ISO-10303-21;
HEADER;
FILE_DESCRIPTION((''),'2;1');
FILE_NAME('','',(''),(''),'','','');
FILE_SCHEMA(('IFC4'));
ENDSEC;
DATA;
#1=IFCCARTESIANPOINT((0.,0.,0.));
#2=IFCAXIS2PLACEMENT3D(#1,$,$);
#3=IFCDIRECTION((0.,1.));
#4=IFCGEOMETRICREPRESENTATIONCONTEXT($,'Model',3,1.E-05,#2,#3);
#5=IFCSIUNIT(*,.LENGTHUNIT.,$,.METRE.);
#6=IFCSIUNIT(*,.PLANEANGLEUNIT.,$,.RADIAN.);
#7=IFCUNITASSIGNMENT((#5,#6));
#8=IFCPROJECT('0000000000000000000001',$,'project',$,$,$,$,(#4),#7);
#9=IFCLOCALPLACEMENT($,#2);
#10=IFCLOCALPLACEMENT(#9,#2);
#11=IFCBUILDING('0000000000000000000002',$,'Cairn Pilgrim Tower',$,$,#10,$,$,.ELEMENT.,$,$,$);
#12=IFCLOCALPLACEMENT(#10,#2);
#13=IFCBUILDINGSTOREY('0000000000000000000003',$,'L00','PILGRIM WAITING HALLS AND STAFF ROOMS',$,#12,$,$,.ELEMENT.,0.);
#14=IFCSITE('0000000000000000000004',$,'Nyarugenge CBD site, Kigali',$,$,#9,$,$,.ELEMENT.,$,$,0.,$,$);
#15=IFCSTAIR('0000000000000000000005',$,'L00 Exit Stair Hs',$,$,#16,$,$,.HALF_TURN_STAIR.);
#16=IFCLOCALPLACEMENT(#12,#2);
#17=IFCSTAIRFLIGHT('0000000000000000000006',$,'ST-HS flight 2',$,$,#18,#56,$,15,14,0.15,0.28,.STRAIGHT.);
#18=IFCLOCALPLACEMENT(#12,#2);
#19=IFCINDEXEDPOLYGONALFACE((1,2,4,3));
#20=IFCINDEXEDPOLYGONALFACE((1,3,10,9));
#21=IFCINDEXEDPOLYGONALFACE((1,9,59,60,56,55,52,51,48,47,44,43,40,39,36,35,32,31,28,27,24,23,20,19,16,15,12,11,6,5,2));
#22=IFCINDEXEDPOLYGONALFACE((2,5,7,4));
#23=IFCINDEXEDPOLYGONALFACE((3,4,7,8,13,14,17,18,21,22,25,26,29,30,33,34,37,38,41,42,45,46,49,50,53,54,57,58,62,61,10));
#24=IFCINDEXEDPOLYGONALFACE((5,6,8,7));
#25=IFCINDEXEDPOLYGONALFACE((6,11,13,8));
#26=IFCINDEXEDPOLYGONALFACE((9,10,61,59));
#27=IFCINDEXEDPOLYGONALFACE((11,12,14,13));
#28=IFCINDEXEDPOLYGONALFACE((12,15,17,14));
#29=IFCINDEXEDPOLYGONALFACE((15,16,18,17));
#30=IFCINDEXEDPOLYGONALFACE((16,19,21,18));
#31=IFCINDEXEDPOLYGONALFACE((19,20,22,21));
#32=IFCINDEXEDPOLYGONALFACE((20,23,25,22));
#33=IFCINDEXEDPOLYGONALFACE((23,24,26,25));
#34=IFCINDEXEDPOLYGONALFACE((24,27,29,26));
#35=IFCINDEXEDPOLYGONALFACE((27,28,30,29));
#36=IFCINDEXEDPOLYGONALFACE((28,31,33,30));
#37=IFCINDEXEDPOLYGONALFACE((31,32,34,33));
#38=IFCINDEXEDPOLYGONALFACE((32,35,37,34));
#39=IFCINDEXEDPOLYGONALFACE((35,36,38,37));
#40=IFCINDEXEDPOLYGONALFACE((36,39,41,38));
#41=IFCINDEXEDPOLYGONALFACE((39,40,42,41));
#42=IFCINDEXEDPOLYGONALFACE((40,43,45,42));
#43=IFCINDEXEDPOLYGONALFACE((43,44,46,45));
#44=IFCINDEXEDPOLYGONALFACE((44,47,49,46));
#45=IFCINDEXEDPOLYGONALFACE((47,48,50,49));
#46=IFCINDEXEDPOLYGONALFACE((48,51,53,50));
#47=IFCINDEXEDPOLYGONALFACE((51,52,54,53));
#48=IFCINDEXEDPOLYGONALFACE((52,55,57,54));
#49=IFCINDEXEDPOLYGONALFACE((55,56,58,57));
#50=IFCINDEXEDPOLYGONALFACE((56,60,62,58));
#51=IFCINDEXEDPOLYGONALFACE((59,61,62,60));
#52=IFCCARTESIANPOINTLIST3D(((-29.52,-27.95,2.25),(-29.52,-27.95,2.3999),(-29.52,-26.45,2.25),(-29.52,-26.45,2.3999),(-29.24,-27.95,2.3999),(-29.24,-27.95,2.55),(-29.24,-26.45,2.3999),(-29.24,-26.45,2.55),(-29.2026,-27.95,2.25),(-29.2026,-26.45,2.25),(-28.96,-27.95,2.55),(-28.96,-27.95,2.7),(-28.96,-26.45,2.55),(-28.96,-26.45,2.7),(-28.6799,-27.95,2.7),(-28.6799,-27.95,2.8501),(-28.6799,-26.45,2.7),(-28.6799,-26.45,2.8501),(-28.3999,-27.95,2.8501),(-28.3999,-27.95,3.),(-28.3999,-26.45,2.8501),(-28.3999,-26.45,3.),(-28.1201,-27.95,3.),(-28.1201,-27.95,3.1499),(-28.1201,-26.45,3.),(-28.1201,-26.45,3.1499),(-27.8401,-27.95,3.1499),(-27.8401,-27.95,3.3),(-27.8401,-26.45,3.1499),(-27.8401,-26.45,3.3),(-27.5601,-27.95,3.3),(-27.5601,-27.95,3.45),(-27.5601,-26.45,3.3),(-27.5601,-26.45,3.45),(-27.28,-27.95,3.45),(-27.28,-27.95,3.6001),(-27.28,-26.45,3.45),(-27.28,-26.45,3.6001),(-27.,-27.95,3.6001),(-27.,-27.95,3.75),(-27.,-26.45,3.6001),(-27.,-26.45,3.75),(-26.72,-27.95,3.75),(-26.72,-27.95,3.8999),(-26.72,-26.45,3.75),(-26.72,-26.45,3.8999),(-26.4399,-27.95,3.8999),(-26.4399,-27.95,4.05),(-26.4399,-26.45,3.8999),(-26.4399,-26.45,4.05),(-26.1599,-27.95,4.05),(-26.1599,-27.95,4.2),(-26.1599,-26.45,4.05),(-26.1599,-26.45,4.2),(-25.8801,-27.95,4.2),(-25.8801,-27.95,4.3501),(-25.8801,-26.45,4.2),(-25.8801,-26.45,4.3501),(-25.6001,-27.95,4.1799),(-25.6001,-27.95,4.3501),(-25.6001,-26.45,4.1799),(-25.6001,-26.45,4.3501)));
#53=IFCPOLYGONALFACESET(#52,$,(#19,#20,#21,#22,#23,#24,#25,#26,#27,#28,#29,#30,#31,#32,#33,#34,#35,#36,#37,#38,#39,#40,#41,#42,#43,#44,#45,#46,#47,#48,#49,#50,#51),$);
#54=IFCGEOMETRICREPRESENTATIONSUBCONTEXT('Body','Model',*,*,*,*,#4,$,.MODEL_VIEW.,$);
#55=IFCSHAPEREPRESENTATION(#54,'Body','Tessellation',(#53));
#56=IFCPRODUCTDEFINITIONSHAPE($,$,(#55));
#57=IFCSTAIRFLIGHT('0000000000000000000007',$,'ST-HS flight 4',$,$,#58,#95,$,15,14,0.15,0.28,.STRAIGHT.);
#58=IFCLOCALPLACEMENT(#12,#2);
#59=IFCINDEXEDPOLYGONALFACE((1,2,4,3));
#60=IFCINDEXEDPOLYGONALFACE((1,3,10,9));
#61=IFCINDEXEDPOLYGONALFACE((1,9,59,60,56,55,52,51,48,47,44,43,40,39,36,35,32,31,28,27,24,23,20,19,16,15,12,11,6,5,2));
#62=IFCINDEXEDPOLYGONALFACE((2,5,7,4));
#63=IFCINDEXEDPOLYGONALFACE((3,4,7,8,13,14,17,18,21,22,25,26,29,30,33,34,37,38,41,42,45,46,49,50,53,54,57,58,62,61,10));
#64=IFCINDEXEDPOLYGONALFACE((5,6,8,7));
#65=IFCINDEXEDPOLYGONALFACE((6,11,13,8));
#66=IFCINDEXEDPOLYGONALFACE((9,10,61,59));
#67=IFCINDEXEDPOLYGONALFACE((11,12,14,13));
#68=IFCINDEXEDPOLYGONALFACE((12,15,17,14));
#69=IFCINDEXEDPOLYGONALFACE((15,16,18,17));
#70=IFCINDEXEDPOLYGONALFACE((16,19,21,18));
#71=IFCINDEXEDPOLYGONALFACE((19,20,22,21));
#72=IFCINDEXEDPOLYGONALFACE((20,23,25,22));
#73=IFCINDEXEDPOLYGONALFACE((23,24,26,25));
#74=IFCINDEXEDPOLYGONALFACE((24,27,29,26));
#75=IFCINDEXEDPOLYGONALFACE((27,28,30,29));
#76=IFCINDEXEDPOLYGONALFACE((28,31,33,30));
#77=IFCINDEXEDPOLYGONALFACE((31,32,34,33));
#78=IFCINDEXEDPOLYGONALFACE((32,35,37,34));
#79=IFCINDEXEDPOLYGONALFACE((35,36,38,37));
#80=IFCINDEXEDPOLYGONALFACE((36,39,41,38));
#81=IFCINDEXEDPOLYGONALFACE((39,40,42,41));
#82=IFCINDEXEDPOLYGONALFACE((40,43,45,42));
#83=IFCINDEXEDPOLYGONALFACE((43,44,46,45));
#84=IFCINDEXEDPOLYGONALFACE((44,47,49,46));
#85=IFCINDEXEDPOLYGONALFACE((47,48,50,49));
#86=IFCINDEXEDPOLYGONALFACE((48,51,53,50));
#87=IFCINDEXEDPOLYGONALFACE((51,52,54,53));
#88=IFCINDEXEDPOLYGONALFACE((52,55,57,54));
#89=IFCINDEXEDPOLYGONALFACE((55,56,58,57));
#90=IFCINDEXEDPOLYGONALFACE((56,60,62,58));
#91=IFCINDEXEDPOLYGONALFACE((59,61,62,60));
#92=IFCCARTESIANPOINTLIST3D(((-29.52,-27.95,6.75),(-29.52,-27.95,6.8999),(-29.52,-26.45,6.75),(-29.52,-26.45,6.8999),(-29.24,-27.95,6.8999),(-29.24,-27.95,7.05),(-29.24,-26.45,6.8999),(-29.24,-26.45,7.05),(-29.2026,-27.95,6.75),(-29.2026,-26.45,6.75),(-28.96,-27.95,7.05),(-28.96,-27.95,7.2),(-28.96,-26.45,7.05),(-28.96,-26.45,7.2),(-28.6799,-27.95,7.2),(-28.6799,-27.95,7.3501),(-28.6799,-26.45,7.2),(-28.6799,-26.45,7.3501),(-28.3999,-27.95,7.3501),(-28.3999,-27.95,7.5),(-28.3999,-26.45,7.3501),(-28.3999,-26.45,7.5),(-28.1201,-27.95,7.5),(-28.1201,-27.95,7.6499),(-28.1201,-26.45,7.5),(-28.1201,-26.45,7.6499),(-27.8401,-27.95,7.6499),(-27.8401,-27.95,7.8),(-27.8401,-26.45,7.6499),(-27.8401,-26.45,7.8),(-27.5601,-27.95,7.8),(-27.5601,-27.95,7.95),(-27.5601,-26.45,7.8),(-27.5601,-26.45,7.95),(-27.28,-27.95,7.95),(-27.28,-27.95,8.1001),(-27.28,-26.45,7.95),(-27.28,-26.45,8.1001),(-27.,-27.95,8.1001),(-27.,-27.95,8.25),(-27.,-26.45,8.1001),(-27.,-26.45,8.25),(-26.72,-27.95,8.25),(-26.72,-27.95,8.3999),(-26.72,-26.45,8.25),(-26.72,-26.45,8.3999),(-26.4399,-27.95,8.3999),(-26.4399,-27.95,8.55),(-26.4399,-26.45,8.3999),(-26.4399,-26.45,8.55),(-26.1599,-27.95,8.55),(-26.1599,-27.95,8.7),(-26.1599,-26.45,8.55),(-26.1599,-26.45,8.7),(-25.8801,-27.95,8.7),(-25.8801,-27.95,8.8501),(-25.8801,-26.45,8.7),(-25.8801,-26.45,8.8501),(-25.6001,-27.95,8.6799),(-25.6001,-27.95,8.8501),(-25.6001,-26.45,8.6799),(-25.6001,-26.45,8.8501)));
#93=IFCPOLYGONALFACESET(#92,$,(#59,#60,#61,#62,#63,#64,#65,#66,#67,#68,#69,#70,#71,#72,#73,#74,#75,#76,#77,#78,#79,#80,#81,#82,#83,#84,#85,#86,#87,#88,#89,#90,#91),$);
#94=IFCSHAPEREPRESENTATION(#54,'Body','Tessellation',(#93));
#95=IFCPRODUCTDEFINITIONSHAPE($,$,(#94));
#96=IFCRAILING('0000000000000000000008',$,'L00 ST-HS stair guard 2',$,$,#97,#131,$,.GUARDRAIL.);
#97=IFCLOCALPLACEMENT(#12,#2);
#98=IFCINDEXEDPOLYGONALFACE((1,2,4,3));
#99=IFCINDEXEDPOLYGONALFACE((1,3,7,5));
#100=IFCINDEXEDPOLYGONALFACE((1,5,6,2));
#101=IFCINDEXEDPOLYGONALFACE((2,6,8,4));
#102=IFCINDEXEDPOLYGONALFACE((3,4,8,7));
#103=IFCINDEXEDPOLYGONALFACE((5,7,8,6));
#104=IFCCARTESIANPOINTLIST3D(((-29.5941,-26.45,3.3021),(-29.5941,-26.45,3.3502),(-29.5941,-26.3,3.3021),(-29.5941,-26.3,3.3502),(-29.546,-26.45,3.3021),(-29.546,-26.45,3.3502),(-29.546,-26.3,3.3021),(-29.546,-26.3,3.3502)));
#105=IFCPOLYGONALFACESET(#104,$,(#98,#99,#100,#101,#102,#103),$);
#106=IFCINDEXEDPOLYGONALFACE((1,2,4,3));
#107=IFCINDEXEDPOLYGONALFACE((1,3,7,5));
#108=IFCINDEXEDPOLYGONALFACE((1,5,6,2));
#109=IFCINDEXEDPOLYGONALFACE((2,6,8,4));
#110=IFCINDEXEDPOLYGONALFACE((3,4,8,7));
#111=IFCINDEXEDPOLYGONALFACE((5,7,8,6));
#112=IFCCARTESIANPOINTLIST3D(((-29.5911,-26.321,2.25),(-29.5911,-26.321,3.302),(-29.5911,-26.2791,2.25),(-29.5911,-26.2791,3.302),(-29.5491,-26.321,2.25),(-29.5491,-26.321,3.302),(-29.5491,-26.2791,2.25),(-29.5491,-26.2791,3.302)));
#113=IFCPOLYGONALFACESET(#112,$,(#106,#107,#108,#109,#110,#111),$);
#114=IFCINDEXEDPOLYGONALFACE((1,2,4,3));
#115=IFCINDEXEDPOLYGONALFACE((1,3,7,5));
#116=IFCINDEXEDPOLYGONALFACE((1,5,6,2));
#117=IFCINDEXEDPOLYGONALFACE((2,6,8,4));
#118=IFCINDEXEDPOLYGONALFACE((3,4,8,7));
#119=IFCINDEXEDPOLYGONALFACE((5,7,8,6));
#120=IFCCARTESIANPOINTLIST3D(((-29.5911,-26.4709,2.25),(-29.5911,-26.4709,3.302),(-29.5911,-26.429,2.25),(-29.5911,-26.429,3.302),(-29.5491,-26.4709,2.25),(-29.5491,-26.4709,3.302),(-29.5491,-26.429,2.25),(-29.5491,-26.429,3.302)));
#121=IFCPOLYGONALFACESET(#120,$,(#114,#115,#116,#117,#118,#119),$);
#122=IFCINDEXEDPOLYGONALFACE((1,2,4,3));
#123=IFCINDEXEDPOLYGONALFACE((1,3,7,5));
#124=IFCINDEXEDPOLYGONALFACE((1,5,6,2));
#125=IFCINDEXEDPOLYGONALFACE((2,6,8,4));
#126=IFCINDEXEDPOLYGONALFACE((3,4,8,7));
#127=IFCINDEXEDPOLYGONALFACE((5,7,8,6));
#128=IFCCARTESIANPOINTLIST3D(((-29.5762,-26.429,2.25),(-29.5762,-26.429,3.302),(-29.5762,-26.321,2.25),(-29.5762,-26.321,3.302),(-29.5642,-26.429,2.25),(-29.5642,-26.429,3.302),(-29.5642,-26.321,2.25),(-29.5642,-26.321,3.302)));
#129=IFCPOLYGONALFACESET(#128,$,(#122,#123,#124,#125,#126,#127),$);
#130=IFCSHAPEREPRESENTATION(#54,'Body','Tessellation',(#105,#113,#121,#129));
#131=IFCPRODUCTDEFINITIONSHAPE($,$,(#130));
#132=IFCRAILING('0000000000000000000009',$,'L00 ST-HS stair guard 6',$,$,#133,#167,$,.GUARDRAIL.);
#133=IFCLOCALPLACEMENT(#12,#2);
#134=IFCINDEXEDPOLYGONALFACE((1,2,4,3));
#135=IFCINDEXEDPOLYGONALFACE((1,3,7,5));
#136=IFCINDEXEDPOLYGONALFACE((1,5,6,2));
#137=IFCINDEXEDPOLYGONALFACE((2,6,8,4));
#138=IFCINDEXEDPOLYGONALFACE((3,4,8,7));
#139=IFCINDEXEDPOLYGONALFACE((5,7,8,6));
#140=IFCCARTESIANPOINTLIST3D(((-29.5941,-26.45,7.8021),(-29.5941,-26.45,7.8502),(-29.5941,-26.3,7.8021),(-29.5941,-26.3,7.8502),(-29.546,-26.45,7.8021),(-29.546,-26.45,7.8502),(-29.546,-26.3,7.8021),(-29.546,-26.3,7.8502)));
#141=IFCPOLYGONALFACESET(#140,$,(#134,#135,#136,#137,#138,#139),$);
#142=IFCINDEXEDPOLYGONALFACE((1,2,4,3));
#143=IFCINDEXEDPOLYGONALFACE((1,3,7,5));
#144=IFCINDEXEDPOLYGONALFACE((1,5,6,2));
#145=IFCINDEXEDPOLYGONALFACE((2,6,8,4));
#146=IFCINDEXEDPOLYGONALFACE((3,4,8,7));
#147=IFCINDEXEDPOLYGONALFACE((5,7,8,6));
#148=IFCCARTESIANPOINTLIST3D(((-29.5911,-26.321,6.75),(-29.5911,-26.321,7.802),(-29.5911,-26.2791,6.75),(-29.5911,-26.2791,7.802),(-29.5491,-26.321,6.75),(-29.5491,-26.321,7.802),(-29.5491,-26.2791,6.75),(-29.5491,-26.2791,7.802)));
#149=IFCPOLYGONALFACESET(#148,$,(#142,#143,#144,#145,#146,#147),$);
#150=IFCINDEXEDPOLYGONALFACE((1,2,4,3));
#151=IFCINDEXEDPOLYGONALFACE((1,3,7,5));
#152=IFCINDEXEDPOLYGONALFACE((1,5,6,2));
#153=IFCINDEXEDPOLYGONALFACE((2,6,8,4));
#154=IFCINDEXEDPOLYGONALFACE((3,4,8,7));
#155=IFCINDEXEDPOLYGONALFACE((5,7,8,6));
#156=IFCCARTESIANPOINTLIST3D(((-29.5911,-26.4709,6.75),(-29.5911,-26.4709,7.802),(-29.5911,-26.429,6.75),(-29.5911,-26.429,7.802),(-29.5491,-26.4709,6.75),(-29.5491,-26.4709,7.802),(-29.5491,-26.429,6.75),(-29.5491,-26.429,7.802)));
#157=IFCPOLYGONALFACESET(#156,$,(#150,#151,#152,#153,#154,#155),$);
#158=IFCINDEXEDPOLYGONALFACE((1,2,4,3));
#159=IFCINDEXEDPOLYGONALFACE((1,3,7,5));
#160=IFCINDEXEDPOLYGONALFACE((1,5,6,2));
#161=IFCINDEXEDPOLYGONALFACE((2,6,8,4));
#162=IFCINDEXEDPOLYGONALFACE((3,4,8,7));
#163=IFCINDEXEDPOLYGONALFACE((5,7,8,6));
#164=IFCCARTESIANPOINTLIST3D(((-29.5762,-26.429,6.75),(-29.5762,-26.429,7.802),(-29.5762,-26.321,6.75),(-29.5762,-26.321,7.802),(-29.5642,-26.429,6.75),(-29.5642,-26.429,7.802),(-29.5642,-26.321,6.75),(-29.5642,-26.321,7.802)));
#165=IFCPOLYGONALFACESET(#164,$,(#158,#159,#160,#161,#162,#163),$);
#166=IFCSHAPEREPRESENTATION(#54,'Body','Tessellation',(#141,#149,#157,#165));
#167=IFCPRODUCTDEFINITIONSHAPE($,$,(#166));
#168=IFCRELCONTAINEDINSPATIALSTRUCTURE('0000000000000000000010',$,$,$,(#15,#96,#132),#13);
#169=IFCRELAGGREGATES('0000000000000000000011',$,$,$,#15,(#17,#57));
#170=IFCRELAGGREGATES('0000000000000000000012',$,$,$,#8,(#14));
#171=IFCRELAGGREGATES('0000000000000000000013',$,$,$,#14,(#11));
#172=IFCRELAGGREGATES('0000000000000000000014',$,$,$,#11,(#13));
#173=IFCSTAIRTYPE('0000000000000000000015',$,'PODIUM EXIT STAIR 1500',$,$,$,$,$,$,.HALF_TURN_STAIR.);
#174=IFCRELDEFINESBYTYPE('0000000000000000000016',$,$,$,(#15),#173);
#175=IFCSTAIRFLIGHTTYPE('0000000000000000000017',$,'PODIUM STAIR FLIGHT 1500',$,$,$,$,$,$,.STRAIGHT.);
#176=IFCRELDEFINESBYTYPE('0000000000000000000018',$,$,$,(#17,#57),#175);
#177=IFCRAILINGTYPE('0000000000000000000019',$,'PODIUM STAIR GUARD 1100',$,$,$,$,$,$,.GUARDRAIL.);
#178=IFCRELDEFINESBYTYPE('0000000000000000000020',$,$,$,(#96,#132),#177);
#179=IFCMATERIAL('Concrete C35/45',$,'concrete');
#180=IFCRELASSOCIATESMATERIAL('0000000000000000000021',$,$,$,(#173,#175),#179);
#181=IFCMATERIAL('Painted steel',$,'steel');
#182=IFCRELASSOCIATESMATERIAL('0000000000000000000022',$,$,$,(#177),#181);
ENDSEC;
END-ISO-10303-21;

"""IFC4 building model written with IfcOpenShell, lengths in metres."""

from ifc_helpers import new_model, si_unit, direction, frame, origin, origin_2d, place, context, subcontext, project, spatial, polyline, rectangle, outline, extrude, material, type_object, element, aggregate, save


model = new_model("IFC4")

# Units and contexts
model_context = context("Model", 3, precision=1e-05, world=origin(), true_north=direction((0.0, 1.0)))
body_context = subcontext(model_context, "Body", "Model", "MODEL_VIEW")
ifc_project = project(units=[si_unit("LENGTHUNIT", "METRE"), si_unit("PLANEANGLEUNIT", "RADIAN")], contexts=[model_context])

# Site, building, storey
site_placement = place(None, origin())
site = spatial("IfcSite", under=ifc_project, at=site_placement, Name="Nyarugenge CBD site, Kigali", CompositionType="ELEMENT", RefElevation=0.0)
building_placement = place(site_placement, origin())
building = spatial("IfcBuilding", under=site, at=building_placement, Name="Cairn Pilgrim Tower", CompositionType="ELEMENT")
storey_placement = place(building_placement, origin())
storey = spatial("IfcBuildingStorey", under=building, at=storey_placement, Name="L00", Description="PILGRIM WAITING HALLS AND STAFF ROOMS", CompositionType="ELEMENT", Elevation=0.0)

# Shared definitions
ifc_material_1 = material(Name="Concrete C35/45", Category="concrete")

# Stair, stair flights
stair_type = type_object("IfcStairType", Name="PODIUM EXIT STAIR 1500", PredefinedType="HALF_TURN_STAIR", material=ifc_material_1)
stair_placement = place(storey_placement, origin())
stair = element("IfcStair", 1, at=stair_placement, inside=storey, type_object=stair_type, Name="L00 Exit Stair Hs", PredefinedType="HALF_TURN_STAIR")
stair_flight_type = type_object("IfcStairFlightType", Name="PODIUM STAIR FLIGHT 1500", PredefinedType="STRAIGHT", material=ifc_material_1)
stair_flight_1_placement = place(storey_placement, frame((-29.52, -27.2, 2.25), z_axis=(0.0, 0.0, 1.0), x_axis=(1.0, 0.0, 0.0)))
stair_flight_1 = element("IfcStairFlight", 2, at=stair_flight_1_placement, type_object=stair_flight_type, Name="ST-HS flight 2", NumberOfRisers=15, NumberOfTreads=14, PredefinedType="STRAIGHT", RiserHeight=0.15, TreadLength=0.28, context=body_context, shape_type="SweptSolid", body=[
    extrude(outline(polyline([(0.0, 0.0), (0.0, 0.1499), (0.28, 0.1499), (0.28, 0.3), (0.5601, 0.3), (0.5601, 0.45), (0.8401, 0.45), (0.8401, 0.6001), (1.1201, 0.6001), (1.1201, 0.75), (1.3999, 0.75), (1.3999, 0.8999), (1.6799, 0.8999), (1.6799, 1.05), (1.96, 1.05), (1.96, 1.2), (2.24, 1.2), (2.24, 1.3501), (2.52, 1.3501), (2.52, 1.5), (2.8, 1.5), (2.8, 1.6499), (3.0801, 1.6499), (3.0801, 1.8), (3.3601, 1.8), (3.3601, 1.95), (3.6399, 1.95), (3.6399, 2.1001), (3.9199, 2.1001), (3.9199, 2.25), (3.9199, 1.9299), (0.3174, 0.0), (0.0, 0.0)])), frame((0.0, 0.75, 0.0), z_axis=(0.0, -1.0, 0.0), x_axis=(1.0, 0.0, 0.0)), (0.0, 0.0, 1.0), 1.5),
])
stair_flight_2_placement = place(storey_placement, frame((-29.52, -27.2, 6.75), z_axis=(0.0, 0.0, 1.0), x_axis=(1.0, 0.0, 0.0)))
stair_flight_2 = element("IfcStairFlight", 3, at=stair_flight_2_placement, type_object=stair_flight_type, Name="ST-HS flight 4", NumberOfRisers=15, NumberOfTreads=14, PredefinedType="STRAIGHT", RiserHeight=0.15, TreadLength=0.28, context=body_context, shape_type="SweptSolid", body=[
    extrude(outline(polyline([(0.0, 0.0), (0.0, 0.1499), (0.28, 0.1499), (0.28, 0.3), (0.5601, 0.3), (0.5601, 0.45), (0.8401, 0.45), (0.8401, 0.6001), (1.1201, 0.6001), (1.1201, 0.75), (1.3999, 0.75), (1.3999, 0.8999), (1.6799, 0.8999), (1.6799, 1.05), (1.96, 1.05), (1.96, 1.2), (2.24, 1.2), (2.24, 1.3501), (2.52, 1.3501), (2.52, 1.5), (2.8, 1.5), (2.8, 1.6499), (3.0801, 1.6499), (3.0801, 1.8), (3.3601, 1.8), (3.3601, 1.95), (3.6399, 1.95), (3.6399, 2.1001), (3.9199, 2.1001), (3.9199, 2.25), (3.9199, 1.9299), (0.3174, 0.0), (0.0, 0.0)])), frame((0.0, 0.75, 0.0), z_axis=(0.0, -1.0, 0.0), x_axis=(1.0, 0.0, 0.0)), (0.0, 0.0, 1.0), 1.5),
])
aggregate(stair, [stair_flight_1, stair_flight_2])

# Railings
ifc_material_2 = material(Name="Painted steel", Category="steel")
railing_type_1 = type_object("IfcRailingType", Name="PODIUM STAIR GUARD 1100", PredefinedType="GUARDRAIL", material=ifc_material_2)
for number, where, name in (
    (4, (-29.5701, -26.3, 2.25), "L00 ST-HS stair guard 2"),
    (5, (-29.5701, -26.3, 6.75), "L00 ST-HS stair guard 6"),
):
    element("IfcRailing", number, at=place(storey_placement, frame(where)), inside=storey, type_object=railing_type_1, Name=name, PredefinedType="GUARDRAIL", context=body_context, shape_type="SweptSolid", body=[
        extrude(rectangle(XDim=0.0481, YDim=0.0481, at=origin_2d()), frame((0.0, 0.0, 1.0762), z_axis=(0.0, -1.0, 0.0), x_axis=(1.0, 0.0, 0.0)), (0.0, 0.0, 1.0), 0.1499),
        extrude(rectangle(XDim=0.042, YDim=0.042, at=origin_2d()), origin(), (0.0, 0.0, 1.0), 1.052),
        extrude(rectangle(XDim=0.042, YDim=0.042, at=origin_2d()), frame((0.0, -0.1499, 0.0)), (0.0, 0.0, 1.0), 1.052),
        extrude(outline(polyline([(0.021, 0.0), (0.1289, 0.0), (0.1289, 1.052), (0.021, 1.052), (0.021, 0.0)])), frame((0.0059, 0.0, 0.0), z_axis=(-1.0, 0.0, 0.0), x_axis=(0.0, -1.0, 0.0)), (0.0, 0.0, 1.0), 0.012),
    ])

save(model, "model.ifc")
